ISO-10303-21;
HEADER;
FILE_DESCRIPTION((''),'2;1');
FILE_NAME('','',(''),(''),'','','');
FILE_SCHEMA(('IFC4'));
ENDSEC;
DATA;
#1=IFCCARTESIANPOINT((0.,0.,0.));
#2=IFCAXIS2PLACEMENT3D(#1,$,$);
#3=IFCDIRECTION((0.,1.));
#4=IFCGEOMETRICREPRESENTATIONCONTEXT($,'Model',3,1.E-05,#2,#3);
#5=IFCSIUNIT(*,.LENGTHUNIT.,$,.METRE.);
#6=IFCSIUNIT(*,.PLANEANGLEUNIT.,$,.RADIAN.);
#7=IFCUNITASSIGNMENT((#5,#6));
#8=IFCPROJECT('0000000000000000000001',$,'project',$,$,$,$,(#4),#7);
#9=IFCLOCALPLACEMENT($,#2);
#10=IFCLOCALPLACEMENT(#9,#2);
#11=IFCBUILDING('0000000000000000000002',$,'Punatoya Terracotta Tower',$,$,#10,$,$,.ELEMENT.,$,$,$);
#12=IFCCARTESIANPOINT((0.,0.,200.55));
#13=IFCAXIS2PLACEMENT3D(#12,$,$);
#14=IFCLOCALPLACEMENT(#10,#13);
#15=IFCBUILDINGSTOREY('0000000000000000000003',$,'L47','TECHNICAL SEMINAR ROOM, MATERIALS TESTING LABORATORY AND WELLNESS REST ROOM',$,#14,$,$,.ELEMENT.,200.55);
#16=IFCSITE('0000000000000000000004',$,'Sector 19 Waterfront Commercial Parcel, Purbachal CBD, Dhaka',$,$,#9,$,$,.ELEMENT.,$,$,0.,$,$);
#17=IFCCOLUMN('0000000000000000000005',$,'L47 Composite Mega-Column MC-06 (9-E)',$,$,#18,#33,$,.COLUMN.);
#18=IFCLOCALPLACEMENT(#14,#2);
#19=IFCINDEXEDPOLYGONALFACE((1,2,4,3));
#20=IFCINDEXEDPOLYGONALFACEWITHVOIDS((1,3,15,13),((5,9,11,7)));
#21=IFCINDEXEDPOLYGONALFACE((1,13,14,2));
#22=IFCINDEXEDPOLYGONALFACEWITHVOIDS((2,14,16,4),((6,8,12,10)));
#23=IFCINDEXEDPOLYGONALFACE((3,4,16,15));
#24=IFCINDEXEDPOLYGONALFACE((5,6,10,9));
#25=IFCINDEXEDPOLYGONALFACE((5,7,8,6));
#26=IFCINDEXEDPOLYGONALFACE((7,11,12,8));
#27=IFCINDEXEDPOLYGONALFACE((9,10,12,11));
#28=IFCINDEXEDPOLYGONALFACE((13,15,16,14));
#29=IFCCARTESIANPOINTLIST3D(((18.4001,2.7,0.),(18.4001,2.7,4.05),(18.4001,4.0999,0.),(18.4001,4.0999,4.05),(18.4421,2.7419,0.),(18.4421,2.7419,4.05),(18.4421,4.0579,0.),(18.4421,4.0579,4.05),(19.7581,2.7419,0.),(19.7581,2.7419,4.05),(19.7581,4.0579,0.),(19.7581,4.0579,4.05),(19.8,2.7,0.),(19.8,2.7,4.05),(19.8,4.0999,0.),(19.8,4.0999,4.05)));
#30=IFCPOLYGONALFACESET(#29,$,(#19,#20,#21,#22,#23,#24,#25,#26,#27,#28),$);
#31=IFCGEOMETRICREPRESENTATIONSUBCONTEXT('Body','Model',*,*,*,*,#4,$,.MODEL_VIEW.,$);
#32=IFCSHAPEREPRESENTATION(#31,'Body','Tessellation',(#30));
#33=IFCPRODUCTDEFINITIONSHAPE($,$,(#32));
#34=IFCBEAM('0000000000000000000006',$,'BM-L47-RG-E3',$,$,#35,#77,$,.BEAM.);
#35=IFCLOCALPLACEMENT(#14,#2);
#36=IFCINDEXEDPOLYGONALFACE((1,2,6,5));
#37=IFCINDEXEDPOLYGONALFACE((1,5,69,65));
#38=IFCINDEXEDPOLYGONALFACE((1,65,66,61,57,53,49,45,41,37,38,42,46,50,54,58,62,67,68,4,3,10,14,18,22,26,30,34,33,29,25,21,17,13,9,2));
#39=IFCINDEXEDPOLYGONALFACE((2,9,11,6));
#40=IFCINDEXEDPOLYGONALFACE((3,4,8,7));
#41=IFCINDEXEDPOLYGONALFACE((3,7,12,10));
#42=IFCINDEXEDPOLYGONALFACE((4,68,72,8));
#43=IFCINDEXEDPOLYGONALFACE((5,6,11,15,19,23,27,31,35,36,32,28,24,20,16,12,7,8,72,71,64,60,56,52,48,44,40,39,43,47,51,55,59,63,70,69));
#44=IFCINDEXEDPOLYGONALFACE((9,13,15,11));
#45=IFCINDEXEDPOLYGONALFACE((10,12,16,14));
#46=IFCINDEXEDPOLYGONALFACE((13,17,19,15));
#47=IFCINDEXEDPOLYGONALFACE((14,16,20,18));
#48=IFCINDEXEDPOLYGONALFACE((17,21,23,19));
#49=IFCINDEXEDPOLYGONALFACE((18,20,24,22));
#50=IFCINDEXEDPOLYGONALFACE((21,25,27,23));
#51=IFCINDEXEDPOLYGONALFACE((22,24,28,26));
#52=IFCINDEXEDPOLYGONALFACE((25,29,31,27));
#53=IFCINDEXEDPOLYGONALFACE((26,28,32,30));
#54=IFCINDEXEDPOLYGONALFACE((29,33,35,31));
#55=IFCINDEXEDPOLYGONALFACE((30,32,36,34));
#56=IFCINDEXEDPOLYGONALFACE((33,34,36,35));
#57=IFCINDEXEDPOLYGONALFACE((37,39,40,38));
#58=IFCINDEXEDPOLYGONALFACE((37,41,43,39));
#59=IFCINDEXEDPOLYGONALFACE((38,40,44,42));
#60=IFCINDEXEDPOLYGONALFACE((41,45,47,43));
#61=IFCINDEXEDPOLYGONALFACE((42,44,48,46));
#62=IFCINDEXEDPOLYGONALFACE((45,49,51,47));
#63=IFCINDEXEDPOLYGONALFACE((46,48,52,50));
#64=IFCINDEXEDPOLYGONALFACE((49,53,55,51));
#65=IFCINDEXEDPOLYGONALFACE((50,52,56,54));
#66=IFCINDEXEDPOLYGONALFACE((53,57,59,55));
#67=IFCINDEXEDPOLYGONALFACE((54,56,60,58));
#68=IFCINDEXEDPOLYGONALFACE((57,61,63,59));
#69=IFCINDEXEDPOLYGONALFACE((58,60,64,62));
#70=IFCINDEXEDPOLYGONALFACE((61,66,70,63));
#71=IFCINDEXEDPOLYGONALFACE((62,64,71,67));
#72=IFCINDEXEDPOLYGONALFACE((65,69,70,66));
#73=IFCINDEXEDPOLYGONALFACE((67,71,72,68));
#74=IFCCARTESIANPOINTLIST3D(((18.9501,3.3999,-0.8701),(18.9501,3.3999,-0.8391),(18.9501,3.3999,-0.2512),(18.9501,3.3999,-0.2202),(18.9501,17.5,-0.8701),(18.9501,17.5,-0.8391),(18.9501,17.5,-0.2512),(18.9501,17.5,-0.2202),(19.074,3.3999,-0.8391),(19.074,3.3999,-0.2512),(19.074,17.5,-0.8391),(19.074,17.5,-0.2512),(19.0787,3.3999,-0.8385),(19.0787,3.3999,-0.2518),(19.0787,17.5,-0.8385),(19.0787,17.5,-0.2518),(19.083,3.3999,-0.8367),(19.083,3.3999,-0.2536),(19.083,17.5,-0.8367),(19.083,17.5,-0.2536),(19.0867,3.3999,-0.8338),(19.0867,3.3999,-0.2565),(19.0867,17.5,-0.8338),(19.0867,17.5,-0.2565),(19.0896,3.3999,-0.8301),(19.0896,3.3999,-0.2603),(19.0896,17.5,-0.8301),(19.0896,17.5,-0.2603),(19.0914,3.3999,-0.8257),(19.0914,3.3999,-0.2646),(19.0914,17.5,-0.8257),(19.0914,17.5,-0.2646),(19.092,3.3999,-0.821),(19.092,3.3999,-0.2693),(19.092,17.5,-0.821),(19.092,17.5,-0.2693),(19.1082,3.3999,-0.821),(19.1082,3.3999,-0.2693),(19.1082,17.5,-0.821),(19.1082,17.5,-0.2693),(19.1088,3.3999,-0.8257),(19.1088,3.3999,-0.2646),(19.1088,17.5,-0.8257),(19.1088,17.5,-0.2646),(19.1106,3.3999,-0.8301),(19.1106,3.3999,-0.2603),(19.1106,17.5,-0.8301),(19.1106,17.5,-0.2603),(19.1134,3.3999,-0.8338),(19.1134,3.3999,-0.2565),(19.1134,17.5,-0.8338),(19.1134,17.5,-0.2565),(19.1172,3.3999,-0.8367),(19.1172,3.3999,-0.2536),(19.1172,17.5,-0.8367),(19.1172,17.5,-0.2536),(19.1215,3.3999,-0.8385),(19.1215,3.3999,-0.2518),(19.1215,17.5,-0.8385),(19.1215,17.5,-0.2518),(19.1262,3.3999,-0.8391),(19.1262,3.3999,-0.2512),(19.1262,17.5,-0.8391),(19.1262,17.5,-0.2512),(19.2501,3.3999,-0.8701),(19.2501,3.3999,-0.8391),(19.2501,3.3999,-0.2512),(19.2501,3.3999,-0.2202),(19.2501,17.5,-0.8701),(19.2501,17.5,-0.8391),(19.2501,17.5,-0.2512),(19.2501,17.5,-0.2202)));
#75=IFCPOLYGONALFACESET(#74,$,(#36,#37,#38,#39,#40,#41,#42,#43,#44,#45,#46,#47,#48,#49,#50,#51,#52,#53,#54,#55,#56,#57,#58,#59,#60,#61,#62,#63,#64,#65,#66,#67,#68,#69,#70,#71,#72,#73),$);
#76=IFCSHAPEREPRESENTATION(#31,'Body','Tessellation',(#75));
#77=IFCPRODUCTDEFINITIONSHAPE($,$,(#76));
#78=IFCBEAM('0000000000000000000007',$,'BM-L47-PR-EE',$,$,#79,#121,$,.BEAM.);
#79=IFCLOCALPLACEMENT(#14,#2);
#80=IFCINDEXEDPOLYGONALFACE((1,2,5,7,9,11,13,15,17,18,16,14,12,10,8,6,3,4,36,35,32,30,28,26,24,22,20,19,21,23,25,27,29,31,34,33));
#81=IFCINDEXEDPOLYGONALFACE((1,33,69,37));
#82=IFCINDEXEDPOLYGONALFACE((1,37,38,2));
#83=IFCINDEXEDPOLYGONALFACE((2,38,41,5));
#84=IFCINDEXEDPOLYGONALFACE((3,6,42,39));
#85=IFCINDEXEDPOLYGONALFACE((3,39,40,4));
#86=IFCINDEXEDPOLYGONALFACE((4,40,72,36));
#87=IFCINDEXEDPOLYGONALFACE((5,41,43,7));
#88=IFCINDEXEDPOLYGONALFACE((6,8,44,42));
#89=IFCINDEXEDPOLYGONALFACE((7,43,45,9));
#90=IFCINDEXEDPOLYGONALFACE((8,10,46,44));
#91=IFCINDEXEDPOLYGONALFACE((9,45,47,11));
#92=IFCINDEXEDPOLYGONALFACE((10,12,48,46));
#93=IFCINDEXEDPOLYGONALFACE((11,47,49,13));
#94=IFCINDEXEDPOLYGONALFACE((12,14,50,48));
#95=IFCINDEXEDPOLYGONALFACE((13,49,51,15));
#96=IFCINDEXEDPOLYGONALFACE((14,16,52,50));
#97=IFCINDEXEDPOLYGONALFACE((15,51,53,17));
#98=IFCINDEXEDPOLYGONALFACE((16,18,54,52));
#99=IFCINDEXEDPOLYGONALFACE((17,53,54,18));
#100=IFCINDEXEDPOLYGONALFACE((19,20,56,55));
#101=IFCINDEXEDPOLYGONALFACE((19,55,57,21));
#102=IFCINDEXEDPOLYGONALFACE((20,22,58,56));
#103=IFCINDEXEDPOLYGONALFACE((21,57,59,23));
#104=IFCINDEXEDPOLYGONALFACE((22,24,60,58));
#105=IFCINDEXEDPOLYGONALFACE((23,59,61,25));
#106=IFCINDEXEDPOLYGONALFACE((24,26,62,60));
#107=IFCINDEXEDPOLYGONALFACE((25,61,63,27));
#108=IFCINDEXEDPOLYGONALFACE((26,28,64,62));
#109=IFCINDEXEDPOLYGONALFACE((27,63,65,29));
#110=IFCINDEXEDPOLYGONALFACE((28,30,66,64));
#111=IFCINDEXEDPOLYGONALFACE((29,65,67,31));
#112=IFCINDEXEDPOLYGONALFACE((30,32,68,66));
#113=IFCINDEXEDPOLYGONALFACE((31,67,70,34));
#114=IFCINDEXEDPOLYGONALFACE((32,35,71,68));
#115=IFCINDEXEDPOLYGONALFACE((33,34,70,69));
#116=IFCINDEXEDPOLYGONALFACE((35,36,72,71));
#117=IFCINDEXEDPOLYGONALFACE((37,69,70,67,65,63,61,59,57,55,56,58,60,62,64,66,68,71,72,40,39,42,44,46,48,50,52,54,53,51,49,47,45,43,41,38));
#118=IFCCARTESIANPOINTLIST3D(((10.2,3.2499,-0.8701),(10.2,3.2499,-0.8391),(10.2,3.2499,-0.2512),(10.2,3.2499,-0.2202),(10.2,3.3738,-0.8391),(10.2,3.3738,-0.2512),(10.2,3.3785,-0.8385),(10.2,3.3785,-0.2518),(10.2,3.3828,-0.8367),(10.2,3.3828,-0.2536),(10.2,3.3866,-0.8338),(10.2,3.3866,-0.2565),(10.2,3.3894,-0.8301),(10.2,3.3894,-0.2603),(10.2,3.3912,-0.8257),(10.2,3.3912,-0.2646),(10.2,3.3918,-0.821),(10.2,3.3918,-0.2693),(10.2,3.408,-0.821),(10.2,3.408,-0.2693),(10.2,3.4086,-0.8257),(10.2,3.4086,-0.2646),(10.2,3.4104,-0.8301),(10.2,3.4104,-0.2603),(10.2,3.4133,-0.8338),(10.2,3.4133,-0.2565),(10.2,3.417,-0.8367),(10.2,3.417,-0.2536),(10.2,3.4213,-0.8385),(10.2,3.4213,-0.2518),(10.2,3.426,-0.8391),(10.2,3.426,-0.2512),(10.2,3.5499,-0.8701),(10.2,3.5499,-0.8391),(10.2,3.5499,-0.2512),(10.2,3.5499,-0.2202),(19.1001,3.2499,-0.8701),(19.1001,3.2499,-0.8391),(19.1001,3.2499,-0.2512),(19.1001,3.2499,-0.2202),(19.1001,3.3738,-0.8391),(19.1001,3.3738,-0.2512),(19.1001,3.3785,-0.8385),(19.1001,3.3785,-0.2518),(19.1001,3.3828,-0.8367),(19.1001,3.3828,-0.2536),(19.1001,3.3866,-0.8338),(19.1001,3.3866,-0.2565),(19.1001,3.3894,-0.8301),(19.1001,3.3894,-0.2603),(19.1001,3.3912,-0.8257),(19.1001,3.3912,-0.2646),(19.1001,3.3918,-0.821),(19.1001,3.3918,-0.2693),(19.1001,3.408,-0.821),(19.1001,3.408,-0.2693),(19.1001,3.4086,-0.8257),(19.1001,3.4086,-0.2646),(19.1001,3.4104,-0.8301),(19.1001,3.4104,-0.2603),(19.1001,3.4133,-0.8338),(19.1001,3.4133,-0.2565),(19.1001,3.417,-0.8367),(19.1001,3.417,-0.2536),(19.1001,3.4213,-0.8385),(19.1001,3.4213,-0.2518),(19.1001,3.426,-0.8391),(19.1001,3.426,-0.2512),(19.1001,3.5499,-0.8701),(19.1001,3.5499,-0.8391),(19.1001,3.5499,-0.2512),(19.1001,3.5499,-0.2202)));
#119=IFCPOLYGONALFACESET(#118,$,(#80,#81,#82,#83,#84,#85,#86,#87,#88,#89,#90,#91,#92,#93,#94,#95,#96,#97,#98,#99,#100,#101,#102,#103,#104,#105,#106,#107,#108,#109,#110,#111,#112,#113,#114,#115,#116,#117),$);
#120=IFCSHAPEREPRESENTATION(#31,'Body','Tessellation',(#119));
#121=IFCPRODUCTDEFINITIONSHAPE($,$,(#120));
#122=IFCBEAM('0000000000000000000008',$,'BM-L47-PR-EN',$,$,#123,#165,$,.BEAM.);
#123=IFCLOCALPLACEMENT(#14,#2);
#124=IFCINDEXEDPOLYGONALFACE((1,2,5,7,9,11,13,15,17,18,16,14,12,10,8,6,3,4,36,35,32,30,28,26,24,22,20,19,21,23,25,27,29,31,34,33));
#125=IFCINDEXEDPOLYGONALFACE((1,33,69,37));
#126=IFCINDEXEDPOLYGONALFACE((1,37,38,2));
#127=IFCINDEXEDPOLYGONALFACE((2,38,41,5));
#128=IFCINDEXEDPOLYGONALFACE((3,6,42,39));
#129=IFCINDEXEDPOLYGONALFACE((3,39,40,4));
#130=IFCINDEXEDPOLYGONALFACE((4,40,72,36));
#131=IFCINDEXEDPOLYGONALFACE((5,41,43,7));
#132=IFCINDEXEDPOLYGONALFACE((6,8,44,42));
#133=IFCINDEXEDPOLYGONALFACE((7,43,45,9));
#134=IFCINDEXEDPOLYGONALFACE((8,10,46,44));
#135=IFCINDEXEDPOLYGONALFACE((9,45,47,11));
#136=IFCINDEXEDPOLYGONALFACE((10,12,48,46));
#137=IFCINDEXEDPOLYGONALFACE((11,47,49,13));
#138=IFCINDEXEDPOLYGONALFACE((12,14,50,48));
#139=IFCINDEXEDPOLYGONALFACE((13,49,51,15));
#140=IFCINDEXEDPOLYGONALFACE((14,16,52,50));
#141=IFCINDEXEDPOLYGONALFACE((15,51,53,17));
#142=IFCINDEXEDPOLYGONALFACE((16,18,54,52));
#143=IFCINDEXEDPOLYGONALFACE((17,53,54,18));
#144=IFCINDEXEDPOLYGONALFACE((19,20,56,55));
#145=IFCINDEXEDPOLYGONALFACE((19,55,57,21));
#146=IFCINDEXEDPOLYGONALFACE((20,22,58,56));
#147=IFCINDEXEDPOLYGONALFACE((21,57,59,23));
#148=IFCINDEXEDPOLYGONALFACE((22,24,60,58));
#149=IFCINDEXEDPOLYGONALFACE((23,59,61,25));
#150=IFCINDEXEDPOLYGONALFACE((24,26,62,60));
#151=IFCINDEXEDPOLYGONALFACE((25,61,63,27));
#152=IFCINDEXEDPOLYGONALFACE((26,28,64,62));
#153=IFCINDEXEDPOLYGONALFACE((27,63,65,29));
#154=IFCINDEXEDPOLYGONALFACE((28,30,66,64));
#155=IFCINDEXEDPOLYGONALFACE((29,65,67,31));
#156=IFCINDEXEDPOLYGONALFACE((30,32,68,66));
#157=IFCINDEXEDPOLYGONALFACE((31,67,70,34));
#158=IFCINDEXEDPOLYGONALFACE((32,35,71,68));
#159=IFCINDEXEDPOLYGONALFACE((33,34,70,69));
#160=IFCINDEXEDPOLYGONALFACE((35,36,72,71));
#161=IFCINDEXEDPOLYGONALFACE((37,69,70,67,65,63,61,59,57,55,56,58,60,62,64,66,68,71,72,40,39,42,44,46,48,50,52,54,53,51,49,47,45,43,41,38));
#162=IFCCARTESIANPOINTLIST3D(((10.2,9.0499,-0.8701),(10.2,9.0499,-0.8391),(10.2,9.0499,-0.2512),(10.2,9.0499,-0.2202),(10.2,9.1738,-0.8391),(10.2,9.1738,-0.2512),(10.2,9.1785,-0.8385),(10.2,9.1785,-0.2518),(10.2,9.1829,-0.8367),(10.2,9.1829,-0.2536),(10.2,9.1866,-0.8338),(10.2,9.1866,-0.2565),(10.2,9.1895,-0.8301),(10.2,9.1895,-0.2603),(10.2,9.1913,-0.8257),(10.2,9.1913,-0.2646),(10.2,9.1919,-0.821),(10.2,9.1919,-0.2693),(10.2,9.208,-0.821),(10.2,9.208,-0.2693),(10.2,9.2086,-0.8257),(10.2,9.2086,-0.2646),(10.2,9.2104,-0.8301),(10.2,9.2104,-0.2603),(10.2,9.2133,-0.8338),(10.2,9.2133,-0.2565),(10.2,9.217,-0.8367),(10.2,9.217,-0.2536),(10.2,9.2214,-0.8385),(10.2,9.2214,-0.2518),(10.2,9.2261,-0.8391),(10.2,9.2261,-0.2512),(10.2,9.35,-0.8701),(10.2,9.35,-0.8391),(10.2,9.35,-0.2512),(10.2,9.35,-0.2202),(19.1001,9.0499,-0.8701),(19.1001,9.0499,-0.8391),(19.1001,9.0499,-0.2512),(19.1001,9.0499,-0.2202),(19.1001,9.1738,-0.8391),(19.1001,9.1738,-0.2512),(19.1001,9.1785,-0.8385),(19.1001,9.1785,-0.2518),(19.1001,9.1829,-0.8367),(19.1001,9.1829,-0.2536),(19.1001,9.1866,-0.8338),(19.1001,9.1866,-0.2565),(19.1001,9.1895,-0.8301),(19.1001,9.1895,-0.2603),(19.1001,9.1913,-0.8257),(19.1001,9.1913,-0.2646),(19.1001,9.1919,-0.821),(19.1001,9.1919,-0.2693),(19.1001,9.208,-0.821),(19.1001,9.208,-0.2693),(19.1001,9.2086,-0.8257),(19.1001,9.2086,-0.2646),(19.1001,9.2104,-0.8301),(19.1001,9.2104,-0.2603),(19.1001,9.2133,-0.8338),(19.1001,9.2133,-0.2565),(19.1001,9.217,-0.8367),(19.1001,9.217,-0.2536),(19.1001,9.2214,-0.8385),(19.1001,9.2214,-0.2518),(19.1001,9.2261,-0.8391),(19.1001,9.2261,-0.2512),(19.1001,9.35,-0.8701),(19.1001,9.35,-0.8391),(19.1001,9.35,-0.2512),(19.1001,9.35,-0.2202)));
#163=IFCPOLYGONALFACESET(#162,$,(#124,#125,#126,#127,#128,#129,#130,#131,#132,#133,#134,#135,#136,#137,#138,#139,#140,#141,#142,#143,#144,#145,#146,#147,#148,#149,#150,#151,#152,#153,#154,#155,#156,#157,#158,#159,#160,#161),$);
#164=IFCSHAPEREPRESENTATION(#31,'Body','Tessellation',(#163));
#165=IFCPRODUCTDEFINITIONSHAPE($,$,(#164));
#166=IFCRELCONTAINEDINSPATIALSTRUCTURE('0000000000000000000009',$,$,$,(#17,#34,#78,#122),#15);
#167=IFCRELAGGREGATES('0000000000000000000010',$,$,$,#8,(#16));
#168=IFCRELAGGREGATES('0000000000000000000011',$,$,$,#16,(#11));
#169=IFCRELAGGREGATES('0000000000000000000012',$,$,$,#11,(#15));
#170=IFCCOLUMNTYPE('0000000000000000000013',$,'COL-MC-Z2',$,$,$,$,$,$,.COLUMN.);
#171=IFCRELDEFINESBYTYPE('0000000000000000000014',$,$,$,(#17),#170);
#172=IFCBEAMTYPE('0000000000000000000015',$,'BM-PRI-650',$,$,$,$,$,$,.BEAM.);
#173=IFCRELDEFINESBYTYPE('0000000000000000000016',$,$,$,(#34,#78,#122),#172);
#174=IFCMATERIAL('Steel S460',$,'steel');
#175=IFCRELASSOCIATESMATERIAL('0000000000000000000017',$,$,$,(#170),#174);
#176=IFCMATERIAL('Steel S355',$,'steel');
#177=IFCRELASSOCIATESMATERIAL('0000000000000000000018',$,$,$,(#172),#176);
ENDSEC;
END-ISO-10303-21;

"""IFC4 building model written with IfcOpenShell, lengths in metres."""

from ifc_helpers import new_model, si_unit, direction, frame, origin, origin_2d, place, context, subcontext, project, spatial, hollow_rectangle, i_section, extrude, material, material_profile, profile_set, type_object, element, save


model = new_model("IFC4")

# Units and contexts
model_context = context("Model", 3, precision=1e-05, world=origin(), true_north=direction((0.0, 1.0)))
body_context = subcontext(model_context, "Body", "Model", "MODEL_VIEW")
ifc_project = project(units=[si_unit("LENGTHUNIT", "METRE"), si_unit("PLANEANGLEUNIT", "RADIAN")], contexts=[model_context])

# Site, building, storey
site_placement = place(None, origin())
site = spatial("IfcSite", under=ifc_project, at=site_placement, Name="Sector 19 Waterfront Commercial Parcel, Purbachal CBD, Dhaka", CompositionType="ELEMENT", RefElevation=0.0)
building_placement = place(site_placement, origin())
building = spatial("IfcBuilding", under=site, at=building_placement, Name="Punatoya Terracotta Tower", CompositionType="ELEMENT")
storey_placement = place(building_placement, frame((0.0, 0.0, 200.55)))
storey = spatial("IfcBuildingStorey", under=building, at=storey_placement, Name="L47", Description="TECHNICAL SEMINAR ROOM, MATERIALS TESTING LABORATORY AND WELLNESS REST ROOM", CompositionType="ELEMENT", Elevation=200.55)

# Column
ifc_material_1 = material(Name="Steel S460", Category="steel")
ifc_material_profile_1 = material_profile(ifc_material_1, hollow_rectangle(XDim=1.3999, YDim=1.3999, WallThickness=0.042, at=origin_2d()))
ifc_profile_set_1 = profile_set([ifc_material_profile_1], Name="Steel S460")
column_type = type_object("IfcColumnType", Name="COL-MC-Z2", PredefinedType="COLUMN", material=ifc_profile_set_1)
column_placement = place(storey_placement, frame((19.1001, 3.3999, 0.0), z_axis=(0.0, 0.0, 1.0), x_axis=(1.0, 0.0, 0.0)))
element("IfcColumn", 1, at=column_placement, inside=storey, type_object=column_type, Name="L47 Composite Mega-Column MC-06 (9-E)", PredefinedType="COLUMN", context=body_context, shape_type="SweptSolid", body=[
    extrude(hollow_rectangle(XDim=1.3999, YDim=1.3999, WallThickness=0.042, at=origin_2d()), origin(), (0.0, 0.0, 1.0), 4.05),
])

# Beams
ifc_material_2 = material(Name="Steel S355", Category="steel")
ifc_material_profile_2 = material_profile(ifc_material_2, i_section(OverallWidth=0.3, OverallDepth=0.6499, WebThickness=0.0161, FlangeThickness=0.031, FilletRadius=0.0181, at=origin_2d()))
ifc_profile_set_2 = profile_set([ifc_material_profile_2], Name="Steel S355")
beam_type_1 = type_object("IfcBeamType", Name="BM-PRI-650", PredefinedType="BEAM", material=ifc_profile_set_2)
beam_1_placement = place(storey_placement, frame((19.1001, 3.3999, -0.5452), z_axis=(0.0, 1.0, 0.0), x_axis=(-1.0, 0.0, 0.0)))
element("IfcBeam", 2, at=beam_1_placement, inside=storey, type_object=beam_type_1, Name="BM-L47-RG-E3", PredefinedType="BEAM", context=body_context, shape_type="SweptSolid", body=[
    extrude(i_section(OverallWidth=0.3, OverallDepth=0.6499, WebThickness=0.0161, FlangeThickness=0.031, FilletRadius=0.0181, at=origin_2d()), origin(), (0.0, 0.0, 1.0), 14.1001),
])
for number, where, z_axis, x_axis, name in (
    (3, (10.2, 3.3999, -0.5452), (1.0, 0.0, 0.0), (0.0, 1.0, 0.0), "BM-L47-PR-EE"),
    (4, (10.2, 9.2, -0.5452), (1.0, 0.0, 0.0), (0.0, 1.0, 0.0), "BM-L47-PR-EN"),
):
    element("IfcBeam", number, at=place(storey_placement, frame(where, z_axis=z_axis, x_axis=x_axis)), inside=storey, type_object=beam_type_1, Name=name, PredefinedType="BEAM", context=body_context, shape_type="SweptSolid", body=[
        extrude(i_section(OverallWidth=0.3, OverallDepth=0.6499, WebThickness=0.0161, FlangeThickness=0.031, FilletRadius=0.0181, at=origin_2d()), origin(), (0.0, 0.0, 1.0), 8.9001),
    ])

save(model, "model.ifc")
